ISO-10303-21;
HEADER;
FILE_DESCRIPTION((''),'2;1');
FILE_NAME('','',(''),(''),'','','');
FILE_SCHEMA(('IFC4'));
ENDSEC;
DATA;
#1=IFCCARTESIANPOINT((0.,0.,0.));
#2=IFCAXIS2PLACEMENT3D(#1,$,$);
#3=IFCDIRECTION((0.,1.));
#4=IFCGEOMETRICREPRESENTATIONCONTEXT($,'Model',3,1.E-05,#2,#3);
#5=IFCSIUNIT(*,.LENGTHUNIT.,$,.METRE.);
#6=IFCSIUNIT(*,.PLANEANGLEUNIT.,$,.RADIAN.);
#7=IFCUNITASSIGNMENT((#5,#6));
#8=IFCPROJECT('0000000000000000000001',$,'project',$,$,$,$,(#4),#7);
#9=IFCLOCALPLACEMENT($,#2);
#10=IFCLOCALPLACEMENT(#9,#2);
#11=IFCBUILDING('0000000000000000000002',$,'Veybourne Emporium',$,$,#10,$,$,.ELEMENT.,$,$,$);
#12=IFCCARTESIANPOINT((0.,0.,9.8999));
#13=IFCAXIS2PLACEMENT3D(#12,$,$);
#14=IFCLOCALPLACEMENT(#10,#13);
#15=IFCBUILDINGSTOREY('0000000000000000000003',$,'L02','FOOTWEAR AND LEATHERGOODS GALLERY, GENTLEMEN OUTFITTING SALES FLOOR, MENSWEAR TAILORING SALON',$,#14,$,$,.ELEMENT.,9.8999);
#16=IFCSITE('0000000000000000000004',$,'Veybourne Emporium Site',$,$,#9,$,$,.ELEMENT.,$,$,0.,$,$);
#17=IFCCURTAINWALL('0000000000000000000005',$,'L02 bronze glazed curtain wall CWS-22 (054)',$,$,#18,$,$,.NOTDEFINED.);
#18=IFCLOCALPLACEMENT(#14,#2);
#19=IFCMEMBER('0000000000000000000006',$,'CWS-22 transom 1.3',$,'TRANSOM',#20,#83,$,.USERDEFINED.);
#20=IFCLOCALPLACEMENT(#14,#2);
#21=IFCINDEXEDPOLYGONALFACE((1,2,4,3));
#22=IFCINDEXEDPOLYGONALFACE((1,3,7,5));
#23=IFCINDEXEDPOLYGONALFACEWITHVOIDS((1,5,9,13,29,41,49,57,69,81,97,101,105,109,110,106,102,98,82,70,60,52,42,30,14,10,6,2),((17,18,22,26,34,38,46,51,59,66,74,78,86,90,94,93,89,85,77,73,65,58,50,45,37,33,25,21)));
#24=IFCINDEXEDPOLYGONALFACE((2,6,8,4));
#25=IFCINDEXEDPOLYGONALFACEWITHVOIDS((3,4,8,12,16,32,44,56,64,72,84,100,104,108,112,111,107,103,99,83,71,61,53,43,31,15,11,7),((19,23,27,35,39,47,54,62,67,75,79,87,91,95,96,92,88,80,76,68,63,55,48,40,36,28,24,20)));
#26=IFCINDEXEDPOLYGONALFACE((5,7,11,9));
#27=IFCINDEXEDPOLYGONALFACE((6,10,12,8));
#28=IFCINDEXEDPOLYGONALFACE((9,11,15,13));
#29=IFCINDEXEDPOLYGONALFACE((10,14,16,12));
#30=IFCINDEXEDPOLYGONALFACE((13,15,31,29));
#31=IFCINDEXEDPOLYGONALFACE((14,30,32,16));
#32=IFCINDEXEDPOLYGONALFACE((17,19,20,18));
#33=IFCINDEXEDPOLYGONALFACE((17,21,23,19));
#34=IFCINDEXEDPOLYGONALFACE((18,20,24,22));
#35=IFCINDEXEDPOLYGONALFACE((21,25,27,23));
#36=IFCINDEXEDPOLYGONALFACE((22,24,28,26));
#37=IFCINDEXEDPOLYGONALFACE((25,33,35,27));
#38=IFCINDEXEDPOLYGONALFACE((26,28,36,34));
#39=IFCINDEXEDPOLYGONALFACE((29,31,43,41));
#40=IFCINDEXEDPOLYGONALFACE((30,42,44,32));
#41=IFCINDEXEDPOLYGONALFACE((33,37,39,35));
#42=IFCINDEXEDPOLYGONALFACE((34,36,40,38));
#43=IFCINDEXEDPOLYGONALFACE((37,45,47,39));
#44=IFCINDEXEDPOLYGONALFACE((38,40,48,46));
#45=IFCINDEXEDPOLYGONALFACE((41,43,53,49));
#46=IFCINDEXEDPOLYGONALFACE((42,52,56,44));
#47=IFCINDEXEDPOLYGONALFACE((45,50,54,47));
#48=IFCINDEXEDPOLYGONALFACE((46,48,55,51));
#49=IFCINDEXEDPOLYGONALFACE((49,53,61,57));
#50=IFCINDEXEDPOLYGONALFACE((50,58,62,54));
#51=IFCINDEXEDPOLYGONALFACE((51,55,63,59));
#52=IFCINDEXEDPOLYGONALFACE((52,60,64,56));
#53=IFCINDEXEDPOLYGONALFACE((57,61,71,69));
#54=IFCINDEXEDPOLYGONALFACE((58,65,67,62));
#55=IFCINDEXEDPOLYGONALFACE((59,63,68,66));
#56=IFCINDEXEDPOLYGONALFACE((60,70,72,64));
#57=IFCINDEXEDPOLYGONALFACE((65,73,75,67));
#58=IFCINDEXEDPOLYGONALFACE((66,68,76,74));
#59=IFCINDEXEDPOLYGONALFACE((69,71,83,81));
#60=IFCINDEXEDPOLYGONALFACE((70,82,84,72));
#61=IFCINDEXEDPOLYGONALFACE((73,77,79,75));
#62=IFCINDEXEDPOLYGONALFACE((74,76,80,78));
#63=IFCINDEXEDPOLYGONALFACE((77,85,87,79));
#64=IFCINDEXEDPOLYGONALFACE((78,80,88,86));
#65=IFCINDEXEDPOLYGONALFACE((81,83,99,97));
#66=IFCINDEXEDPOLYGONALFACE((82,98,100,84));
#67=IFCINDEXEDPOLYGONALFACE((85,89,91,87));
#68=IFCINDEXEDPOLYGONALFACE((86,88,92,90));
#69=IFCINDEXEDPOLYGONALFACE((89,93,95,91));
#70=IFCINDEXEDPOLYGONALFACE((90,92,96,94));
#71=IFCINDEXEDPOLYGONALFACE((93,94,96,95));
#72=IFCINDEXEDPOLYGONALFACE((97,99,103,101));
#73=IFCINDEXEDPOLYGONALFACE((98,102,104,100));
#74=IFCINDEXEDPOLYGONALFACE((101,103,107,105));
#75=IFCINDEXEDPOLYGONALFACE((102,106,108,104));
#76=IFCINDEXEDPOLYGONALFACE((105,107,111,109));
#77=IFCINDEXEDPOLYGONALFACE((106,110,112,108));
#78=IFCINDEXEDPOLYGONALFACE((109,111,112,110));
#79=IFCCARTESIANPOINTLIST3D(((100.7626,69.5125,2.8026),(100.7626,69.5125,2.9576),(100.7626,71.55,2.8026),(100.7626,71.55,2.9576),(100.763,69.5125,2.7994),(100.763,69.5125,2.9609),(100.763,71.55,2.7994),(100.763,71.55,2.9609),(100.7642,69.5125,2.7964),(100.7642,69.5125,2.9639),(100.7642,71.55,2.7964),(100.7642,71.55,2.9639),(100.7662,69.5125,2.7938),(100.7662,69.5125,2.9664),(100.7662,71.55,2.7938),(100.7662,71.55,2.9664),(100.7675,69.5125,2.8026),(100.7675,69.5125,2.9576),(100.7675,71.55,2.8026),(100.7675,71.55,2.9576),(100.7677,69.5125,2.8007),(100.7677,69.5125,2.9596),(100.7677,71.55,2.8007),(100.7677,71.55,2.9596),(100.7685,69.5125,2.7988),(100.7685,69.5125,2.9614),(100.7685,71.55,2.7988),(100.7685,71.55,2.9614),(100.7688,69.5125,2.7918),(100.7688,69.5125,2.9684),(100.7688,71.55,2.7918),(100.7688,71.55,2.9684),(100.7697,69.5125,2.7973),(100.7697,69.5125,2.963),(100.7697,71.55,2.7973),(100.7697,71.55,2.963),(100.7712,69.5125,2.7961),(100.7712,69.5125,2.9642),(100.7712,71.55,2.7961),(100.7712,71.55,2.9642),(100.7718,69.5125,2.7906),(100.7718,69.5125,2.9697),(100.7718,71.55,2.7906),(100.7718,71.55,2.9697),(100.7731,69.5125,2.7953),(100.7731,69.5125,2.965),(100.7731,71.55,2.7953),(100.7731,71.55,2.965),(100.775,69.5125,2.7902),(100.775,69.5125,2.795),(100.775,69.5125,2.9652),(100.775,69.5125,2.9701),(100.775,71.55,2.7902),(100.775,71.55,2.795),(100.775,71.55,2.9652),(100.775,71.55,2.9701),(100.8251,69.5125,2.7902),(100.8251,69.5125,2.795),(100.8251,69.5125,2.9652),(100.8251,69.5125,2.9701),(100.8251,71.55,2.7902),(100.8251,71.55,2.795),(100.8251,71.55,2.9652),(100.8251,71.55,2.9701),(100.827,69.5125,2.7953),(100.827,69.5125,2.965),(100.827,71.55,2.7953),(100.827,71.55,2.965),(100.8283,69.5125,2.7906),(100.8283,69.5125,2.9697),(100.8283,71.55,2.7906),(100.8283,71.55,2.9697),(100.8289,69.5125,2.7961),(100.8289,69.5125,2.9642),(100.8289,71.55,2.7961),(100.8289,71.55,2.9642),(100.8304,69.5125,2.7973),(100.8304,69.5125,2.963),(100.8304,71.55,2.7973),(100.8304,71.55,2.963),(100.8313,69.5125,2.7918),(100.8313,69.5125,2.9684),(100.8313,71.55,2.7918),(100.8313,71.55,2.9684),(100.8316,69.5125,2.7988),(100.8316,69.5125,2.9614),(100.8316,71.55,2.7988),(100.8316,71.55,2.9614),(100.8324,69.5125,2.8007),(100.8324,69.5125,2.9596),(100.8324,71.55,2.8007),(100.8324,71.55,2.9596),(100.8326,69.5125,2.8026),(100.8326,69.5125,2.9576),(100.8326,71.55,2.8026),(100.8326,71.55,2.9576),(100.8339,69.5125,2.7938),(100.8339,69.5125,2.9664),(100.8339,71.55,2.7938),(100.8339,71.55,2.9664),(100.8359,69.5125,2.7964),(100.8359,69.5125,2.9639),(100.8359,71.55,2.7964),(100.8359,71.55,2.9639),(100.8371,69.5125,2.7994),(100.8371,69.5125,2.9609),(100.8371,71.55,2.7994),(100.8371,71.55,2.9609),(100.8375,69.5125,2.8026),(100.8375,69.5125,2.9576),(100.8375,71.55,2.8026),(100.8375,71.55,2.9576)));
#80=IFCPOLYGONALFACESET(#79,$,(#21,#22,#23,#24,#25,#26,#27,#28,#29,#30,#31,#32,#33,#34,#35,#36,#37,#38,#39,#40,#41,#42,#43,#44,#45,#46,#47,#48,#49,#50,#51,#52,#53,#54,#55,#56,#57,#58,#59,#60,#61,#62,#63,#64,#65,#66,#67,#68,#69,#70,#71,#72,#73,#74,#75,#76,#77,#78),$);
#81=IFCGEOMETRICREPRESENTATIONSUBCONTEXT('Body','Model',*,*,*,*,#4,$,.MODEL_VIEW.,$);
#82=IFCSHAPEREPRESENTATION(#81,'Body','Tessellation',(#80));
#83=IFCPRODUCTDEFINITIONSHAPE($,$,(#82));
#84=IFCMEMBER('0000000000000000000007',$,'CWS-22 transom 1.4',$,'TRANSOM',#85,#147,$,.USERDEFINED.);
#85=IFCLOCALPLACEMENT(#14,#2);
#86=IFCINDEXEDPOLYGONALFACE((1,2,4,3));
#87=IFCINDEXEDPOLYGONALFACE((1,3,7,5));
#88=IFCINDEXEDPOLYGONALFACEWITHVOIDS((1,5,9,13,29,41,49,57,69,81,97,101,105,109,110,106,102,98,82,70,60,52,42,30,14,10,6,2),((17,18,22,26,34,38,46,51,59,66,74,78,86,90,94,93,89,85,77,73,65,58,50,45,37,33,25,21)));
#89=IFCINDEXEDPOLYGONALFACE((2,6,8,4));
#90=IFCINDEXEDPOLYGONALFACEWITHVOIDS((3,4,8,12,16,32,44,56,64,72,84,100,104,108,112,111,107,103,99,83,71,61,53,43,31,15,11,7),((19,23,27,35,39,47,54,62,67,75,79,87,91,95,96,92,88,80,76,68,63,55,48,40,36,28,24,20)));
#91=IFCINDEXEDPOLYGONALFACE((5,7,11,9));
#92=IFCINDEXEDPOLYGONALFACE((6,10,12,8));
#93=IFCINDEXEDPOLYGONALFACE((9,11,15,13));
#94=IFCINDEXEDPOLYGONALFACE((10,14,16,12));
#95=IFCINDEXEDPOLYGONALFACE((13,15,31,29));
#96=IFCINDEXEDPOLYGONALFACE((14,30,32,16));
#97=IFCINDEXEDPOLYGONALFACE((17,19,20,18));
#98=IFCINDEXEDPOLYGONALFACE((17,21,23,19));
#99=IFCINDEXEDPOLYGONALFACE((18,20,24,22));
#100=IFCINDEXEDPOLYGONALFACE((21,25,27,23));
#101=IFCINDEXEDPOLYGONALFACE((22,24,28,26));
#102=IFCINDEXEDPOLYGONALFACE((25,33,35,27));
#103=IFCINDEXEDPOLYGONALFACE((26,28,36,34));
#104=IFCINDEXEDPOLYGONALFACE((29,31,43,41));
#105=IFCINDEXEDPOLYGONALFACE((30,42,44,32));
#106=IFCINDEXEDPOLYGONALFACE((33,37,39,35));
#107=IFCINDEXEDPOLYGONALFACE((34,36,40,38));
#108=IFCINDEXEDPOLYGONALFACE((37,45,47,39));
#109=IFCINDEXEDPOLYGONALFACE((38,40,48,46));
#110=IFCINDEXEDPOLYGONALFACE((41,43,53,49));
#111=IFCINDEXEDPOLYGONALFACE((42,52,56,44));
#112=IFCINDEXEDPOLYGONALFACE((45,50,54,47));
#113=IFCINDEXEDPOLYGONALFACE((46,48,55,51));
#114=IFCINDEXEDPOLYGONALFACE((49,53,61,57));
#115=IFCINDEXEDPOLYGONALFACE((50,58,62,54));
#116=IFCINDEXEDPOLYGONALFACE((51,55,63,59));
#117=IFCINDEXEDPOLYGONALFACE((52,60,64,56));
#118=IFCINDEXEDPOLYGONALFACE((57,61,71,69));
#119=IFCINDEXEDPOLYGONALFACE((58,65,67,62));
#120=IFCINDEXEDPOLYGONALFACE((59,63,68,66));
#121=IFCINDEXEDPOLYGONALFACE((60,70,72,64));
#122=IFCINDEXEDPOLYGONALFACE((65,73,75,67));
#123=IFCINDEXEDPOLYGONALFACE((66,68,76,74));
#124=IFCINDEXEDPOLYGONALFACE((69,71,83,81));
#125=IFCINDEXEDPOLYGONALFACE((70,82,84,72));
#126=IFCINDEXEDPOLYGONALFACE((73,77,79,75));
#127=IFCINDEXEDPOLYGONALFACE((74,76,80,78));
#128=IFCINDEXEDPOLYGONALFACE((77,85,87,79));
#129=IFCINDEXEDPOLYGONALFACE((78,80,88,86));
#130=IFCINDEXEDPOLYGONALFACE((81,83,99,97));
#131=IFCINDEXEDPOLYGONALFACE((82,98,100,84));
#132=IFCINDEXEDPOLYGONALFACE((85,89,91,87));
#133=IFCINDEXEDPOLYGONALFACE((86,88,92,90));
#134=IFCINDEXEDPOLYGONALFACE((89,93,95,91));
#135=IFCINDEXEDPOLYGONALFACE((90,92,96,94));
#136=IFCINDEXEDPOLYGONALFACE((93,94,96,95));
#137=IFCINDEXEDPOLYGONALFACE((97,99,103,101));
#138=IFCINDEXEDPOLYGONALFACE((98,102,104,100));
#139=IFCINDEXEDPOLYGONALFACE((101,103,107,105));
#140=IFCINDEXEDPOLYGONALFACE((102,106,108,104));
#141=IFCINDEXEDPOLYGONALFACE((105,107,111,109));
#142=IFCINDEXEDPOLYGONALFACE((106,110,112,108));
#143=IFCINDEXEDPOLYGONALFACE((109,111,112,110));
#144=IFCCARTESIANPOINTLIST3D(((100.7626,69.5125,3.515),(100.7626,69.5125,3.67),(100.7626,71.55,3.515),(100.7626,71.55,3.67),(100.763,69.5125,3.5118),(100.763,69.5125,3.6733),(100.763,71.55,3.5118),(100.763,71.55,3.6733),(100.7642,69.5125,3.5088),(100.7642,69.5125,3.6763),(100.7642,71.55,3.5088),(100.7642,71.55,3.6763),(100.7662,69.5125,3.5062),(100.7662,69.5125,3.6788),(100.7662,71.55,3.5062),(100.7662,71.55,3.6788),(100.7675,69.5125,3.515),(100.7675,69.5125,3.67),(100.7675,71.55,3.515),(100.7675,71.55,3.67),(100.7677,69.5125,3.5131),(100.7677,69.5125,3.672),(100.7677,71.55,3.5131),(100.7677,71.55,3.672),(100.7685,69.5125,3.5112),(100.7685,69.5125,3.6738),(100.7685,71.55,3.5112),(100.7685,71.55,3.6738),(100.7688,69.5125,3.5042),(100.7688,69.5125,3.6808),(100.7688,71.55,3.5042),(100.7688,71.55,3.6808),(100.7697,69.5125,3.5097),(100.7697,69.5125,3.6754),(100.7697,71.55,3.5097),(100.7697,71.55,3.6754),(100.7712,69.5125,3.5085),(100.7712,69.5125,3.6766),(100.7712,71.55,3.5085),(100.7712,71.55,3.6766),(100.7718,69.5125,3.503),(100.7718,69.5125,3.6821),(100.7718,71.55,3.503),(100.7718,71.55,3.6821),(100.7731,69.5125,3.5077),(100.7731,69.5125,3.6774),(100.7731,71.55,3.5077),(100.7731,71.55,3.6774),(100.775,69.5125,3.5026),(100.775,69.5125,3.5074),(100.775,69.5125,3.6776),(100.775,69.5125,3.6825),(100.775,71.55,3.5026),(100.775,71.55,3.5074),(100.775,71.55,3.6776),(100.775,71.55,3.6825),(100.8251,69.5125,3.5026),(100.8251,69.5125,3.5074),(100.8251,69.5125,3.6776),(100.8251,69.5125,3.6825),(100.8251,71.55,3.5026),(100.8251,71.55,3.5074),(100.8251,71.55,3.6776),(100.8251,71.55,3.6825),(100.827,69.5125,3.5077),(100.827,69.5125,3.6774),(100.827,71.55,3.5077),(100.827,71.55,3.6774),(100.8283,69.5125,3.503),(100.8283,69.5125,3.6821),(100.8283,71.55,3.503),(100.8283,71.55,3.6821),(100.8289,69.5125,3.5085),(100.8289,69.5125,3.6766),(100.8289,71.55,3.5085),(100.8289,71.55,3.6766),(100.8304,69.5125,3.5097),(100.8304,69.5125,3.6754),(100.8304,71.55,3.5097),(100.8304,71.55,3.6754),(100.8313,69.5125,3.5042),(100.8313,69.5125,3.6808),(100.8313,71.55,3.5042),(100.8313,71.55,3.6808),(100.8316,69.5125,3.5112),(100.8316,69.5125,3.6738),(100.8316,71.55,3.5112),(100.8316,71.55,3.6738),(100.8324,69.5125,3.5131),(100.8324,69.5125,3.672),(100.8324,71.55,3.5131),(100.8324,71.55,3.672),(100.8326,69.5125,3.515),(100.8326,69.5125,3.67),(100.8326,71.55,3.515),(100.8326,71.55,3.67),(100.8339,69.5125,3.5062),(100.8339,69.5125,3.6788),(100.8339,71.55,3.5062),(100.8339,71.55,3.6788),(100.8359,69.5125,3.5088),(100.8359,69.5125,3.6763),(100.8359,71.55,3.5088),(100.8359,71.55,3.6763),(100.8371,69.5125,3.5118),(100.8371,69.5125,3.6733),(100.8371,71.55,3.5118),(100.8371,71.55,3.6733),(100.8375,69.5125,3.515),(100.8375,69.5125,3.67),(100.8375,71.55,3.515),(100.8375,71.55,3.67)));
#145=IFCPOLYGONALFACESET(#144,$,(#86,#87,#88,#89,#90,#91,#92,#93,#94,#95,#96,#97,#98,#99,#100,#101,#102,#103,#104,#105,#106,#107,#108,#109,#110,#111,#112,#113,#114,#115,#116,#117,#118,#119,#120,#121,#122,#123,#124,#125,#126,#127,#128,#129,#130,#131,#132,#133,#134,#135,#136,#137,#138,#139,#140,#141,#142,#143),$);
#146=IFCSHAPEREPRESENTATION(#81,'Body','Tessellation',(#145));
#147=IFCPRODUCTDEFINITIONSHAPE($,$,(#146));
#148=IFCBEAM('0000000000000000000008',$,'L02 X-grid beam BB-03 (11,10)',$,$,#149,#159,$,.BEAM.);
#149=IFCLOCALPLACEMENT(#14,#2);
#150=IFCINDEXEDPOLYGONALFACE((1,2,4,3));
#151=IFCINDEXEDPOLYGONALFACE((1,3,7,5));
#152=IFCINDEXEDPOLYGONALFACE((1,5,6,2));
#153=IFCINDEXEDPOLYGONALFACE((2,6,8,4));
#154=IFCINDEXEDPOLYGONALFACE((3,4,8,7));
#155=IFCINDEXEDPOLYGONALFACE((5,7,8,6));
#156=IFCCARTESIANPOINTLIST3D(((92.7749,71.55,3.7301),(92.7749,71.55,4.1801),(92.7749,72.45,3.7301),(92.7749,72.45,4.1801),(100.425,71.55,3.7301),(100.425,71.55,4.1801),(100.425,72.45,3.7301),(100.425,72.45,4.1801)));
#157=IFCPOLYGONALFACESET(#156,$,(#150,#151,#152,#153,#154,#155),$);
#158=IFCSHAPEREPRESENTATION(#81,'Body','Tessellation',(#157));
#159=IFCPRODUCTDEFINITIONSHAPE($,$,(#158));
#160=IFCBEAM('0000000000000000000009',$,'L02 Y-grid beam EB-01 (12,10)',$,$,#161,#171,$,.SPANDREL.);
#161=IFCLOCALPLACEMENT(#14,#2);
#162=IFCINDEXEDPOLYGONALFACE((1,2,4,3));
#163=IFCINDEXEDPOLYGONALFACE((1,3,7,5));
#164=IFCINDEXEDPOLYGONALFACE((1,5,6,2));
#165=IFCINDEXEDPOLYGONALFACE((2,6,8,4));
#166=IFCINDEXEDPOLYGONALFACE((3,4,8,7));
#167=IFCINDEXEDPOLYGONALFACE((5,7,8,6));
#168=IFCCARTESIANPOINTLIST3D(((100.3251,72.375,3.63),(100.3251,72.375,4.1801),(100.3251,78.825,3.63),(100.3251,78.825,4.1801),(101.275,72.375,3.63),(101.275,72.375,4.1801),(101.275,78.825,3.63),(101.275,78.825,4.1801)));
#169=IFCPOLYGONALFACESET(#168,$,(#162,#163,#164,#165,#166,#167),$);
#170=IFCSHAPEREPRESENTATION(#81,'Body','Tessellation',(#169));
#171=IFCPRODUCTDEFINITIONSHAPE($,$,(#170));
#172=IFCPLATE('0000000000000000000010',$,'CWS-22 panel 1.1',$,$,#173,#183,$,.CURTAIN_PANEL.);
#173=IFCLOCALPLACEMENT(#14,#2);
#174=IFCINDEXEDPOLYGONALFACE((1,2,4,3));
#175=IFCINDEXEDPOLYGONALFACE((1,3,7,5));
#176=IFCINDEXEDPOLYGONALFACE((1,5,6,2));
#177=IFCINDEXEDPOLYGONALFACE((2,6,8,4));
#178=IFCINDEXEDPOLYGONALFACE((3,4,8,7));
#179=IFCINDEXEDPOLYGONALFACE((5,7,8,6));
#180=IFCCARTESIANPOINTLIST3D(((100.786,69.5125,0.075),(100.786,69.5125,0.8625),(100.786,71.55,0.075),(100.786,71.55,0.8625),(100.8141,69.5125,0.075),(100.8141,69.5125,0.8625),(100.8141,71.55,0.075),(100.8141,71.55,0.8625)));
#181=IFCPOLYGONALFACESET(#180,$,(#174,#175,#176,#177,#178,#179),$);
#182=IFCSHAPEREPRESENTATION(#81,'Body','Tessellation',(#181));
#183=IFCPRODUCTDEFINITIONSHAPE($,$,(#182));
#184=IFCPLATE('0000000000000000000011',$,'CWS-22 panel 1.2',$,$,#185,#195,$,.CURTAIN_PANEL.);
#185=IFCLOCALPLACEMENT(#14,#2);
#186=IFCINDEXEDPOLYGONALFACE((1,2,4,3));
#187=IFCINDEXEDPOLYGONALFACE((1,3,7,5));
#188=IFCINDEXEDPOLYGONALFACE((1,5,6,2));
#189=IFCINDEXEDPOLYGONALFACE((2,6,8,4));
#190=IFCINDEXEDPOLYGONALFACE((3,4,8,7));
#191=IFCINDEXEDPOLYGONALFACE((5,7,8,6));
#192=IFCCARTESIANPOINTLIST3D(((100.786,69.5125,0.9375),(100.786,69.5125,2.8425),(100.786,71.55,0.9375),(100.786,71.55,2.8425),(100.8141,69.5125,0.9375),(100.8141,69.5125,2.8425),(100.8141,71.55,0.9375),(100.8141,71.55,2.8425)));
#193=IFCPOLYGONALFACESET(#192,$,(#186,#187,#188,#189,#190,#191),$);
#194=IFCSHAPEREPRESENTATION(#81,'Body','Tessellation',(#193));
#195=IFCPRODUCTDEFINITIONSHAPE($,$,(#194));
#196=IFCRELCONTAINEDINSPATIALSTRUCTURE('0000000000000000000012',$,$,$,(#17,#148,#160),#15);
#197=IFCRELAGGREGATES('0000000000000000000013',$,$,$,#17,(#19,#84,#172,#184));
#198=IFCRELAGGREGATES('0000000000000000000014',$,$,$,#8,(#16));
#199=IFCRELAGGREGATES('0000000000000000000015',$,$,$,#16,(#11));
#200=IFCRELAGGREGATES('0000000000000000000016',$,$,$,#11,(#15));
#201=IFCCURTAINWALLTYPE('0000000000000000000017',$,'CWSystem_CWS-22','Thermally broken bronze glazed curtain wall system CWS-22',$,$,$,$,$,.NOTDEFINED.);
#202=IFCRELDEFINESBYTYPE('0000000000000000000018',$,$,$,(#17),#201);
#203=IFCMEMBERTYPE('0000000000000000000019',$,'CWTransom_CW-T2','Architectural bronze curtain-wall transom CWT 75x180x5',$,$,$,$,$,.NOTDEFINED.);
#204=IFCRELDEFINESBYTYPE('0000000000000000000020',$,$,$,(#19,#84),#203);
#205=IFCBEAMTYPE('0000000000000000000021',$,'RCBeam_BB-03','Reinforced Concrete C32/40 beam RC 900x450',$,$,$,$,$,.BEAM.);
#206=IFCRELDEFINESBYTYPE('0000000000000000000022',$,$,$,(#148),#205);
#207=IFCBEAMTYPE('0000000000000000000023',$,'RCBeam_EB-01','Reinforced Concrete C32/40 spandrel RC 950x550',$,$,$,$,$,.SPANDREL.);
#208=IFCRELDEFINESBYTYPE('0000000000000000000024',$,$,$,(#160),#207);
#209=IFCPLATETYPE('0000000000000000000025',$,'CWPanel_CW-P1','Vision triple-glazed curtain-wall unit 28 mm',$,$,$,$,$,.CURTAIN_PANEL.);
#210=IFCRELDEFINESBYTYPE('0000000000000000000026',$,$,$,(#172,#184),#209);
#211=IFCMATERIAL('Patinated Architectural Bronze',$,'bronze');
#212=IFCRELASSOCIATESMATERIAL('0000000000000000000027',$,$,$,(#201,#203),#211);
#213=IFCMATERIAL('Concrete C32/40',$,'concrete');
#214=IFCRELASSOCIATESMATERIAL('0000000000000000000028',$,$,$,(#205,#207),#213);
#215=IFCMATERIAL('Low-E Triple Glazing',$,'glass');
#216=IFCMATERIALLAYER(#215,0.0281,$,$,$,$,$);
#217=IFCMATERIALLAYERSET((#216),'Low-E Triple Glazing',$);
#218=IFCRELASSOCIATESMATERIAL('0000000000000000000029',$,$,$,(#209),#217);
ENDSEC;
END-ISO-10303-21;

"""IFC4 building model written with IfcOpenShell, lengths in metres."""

from ifc_helpers import new_model, si_unit, direction, frame, origin, origin_2d, place, context, subcontext, project, spatial, rectangle, hollow_rectangle, extrude, material, layer, layer_set, material_profile, profile_set, type_object, element, aggregate, save


model = new_model("IFC4")

# Units and contexts
model_context = context("Model", 3, precision=1e-05, world=origin(), true_north=direction((0.0, 1.0)))
body_context = subcontext(model_context, "Body", "Model", "MODEL_VIEW")
ifc_project = project(units=[si_unit("LENGTHUNIT", "METRE"), si_unit("PLANEANGLEUNIT", "RADIAN")], contexts=[model_context])

# Site, building, storey
site_placement = place(None, origin())
site = spatial("IfcSite", under=ifc_project, at=site_placement, Name="Veybourne Emporium Site", CompositionType="ELEMENT", RefElevation=0.0)
building_placement = place(site_placement, origin())
building = spatial("IfcBuilding", under=site, at=building_placement, Name="Veybourne Emporium", CompositionType="ELEMENT")
storey_placement = place(building_placement, frame((0.0, 0.0, 9.8999)))
storey = spatial("IfcBuildingStorey", under=building, at=storey_placement, Name="L02", Description="FOOTWEAR AND LEATHERGOODS GALLERY, GENTLEMEN OUTFITTING SALES FLOOR, MENSWEAR TAILORING SALON", CompositionType="ELEMENT", Elevation=9.8999)

# Curtain wall, members
ifc_material_1 = material(Name="Patinated Architectural Bronze", Category="bronze")
curtain_wall_type = type_object("IfcCurtainWallType", Name="CWSystem_CWS-22", Description="Thermally broken bronze glazed curtain wall system CWS-22", PredefinedType="NOTDEFINED", material=ifc_material_1)
curtain_wall_placement = place(storey_placement, origin())
curtain_wall = element("IfcCurtainWall", 1, at=curtain_wall_placement, inside=storey, type_object=curtain_wall_type, Name="L02 bronze glazed curtain wall CWS-22 (054)", PredefinedType="NOTDEFINED")
ifc_material_profile_1 = material_profile(ifc_material_1, hollow_rectangle(XDim=0.075, YDim=0.1799, WallThickness=0.0049, InnerFilletRadius=0.0076, OuterFilletRadius=0.0125, at=origin_2d()), Name="CWT 75x180x5")
ifc_profile_set_1 = profile_set([ifc_material_profile_1], Name="Patinated Architectural Bronze")
member_type_1 = type_object("IfcMemberType", Name="CWTransom_CW-T2", Description="Architectural bronze curtain-wall transom CWT 75x180x5", PredefinedType="NOTDEFINED", material=ifc_profile_set_1)
member_1_placement = place(storey_placement, frame((100.8, 71.55, 2.8801), z_axis=(0.0, -1.0, 0.0), x_axis=(1.0, 0.0, 0.0)))
member_1 = element("IfcMember", 2, at=member_1_placement, type_object=member_type_1, Name="CWS-22 transom 1.3", ObjectType="TRANSOM", PredefinedType="USERDEFINED", context=body_context, shape_type="SweptSolid", body=[
    extrude(hollow_rectangle(XDim=0.075, YDim=0.1799, WallThickness=0.0049, InnerFilletRadius=0.0076, OuterFilletRadius=0.0125, at=origin_2d()), origin(), (0.0, 0.0, 1.0), 2.0376),
])
member_2_placement = place(storey_placement, frame((100.8, 71.55, 3.5925), z_axis=(0.0, -1.0, 0.0), x_axis=(1.0, 0.0, 0.0)))
member_2 = element("IfcMember", 3, at=member_2_placement, type_object=member_type_1, Name="CWS-22 transom 1.4", ObjectType="TRANSOM", PredefinedType="USERDEFINED", context=body_context, shape_type="SweptSolid", body=[
    extrude(hollow_rectangle(XDim=0.075, YDim=0.1799, WallThickness=0.0049, InnerFilletRadius=0.0076, OuterFilletRadius=0.0125, at=origin_2d()), origin(), (0.0, 0.0, 1.0), 2.0376),
])

# Beams
ifc_material_2 = material(Name="Concrete C32/40", Category="concrete")
ifc_material_profile_2 = material_profile(ifc_material_2, rectangle(XDim=0.8999, YDim=0.45, at=origin_2d()), Name="RC 900x450")
ifc_profile_set_2 = profile_set([ifc_material_profile_2], Name="Concrete C32/40")
beam_type_1 = type_object("IfcBeamType", Name="RCBeam_BB-03", Description="Reinforced Concrete C32/40 beam RC 900x450", PredefinedType="BEAM", material=ifc_profile_set_2)
beam_1_placement = place(storey_placement, frame((92.7749, 72.0, 3.9551), z_axis=(1.0, 0.0, 0.0), x_axis=(0.0, 1.0, 0.0)))
element("IfcBeam", 4, at=beam_1_placement, inside=storey, type_object=beam_type_1, Name="L02 X-grid beam BB-03 (11,10)", PredefinedType="BEAM", context=body_context, shape_type="SweptSolid", body=[
    extrude(rectangle(XDim=0.8999, YDim=0.45, at=origin_2d()), origin(), (0.0, 0.0, 1.0), 7.6501),
])
ifc_material_profile_3 = material_profile(ifc_material_2, rectangle(XDim=0.95, YDim=0.55, at=origin_2d()), Name="RC 950x550")
ifc_profile_set_3 = profile_set([ifc_material_profile_3], Name="Concrete C32/40")
beam_type_2 = type_object("IfcBeamType", Name="RCBeam_EB-01", Description="Reinforced Concrete C32/40 spandrel RC 950x550", PredefinedType="SPANDREL", material=ifc_profile_set_3)
beam_2_placement = place(storey_placement, frame((100.8, 72.375, 3.905), z_axis=(0.0, 1.0, 0.0), x_axis=(-1.0, 0.0, 0.0)))
element("IfcBeam", 5, at=beam_2_placement, inside=storey, type_object=beam_type_2, Name="L02 Y-grid beam EB-01 (12,10)", PredefinedType="SPANDREL", context=body_context, shape_type="SweptSolid", body=[
    extrude(rectangle(XDim=0.95, YDim=0.55, at=origin_2d()), origin(), (0.0, 0.0, 1.0), 6.45),
])

# Plates
ifc_material_3 = material(Name="Low-E Triple Glazing", Category="glass")
ifc_layer_1 = layer(ifc_material_3, 0.0281)
ifc_layer_set_1 = layer_set([ifc_layer_1], Name="Low-E Triple Glazing")
plate_type = type_object("IfcPlateType", Name="CWPanel_CW-P1", Description="Vision triple-glazed curtain-wall unit 28 mm", PredefinedType="CURTAIN_PANEL", material=ifc_layer_set_1)
plate_1_placement = place(storey_placement, frame((100.8, 70.5312, 0.075), z_axis=(0.0, 0.0, 1.0), x_axis=(0.0, -1.0, 0.0)))
plate_1 = element("IfcPlate", 6, at=plate_1_placement, type_object=plate_type, Name="CWS-22 panel 1.1", PredefinedType="CURTAIN_PANEL", context=body_context, shape_type="SweptSolid", body=[
    extrude(rectangle(XDim=2.0376, YDim=0.0281, at=origin_2d()), origin(), (0.0, 0.0, 1.0), 0.7876),
])
plate_2_placement = place(storey_placement, frame((100.8, 70.5312, 0.9375), z_axis=(0.0, 0.0, 1.0), x_axis=(0.0, -1.0, 0.0)))
plate_2 = element("IfcPlate", 7, at=plate_2_placement, type_object=plate_type, Name="CWS-22 panel 1.2", PredefinedType="CURTAIN_PANEL", context=body_context, shape_type="SweptSolid", body=[
    extrude(rectangle(XDim=2.0376, YDim=0.0281, at=origin_2d()), origin(), (0.0, 0.0, 1.0), 1.905),
])
aggregate(curtain_wall, [member_1, member_2, plate_1, plate_2])

save(model, "model.ifc")
